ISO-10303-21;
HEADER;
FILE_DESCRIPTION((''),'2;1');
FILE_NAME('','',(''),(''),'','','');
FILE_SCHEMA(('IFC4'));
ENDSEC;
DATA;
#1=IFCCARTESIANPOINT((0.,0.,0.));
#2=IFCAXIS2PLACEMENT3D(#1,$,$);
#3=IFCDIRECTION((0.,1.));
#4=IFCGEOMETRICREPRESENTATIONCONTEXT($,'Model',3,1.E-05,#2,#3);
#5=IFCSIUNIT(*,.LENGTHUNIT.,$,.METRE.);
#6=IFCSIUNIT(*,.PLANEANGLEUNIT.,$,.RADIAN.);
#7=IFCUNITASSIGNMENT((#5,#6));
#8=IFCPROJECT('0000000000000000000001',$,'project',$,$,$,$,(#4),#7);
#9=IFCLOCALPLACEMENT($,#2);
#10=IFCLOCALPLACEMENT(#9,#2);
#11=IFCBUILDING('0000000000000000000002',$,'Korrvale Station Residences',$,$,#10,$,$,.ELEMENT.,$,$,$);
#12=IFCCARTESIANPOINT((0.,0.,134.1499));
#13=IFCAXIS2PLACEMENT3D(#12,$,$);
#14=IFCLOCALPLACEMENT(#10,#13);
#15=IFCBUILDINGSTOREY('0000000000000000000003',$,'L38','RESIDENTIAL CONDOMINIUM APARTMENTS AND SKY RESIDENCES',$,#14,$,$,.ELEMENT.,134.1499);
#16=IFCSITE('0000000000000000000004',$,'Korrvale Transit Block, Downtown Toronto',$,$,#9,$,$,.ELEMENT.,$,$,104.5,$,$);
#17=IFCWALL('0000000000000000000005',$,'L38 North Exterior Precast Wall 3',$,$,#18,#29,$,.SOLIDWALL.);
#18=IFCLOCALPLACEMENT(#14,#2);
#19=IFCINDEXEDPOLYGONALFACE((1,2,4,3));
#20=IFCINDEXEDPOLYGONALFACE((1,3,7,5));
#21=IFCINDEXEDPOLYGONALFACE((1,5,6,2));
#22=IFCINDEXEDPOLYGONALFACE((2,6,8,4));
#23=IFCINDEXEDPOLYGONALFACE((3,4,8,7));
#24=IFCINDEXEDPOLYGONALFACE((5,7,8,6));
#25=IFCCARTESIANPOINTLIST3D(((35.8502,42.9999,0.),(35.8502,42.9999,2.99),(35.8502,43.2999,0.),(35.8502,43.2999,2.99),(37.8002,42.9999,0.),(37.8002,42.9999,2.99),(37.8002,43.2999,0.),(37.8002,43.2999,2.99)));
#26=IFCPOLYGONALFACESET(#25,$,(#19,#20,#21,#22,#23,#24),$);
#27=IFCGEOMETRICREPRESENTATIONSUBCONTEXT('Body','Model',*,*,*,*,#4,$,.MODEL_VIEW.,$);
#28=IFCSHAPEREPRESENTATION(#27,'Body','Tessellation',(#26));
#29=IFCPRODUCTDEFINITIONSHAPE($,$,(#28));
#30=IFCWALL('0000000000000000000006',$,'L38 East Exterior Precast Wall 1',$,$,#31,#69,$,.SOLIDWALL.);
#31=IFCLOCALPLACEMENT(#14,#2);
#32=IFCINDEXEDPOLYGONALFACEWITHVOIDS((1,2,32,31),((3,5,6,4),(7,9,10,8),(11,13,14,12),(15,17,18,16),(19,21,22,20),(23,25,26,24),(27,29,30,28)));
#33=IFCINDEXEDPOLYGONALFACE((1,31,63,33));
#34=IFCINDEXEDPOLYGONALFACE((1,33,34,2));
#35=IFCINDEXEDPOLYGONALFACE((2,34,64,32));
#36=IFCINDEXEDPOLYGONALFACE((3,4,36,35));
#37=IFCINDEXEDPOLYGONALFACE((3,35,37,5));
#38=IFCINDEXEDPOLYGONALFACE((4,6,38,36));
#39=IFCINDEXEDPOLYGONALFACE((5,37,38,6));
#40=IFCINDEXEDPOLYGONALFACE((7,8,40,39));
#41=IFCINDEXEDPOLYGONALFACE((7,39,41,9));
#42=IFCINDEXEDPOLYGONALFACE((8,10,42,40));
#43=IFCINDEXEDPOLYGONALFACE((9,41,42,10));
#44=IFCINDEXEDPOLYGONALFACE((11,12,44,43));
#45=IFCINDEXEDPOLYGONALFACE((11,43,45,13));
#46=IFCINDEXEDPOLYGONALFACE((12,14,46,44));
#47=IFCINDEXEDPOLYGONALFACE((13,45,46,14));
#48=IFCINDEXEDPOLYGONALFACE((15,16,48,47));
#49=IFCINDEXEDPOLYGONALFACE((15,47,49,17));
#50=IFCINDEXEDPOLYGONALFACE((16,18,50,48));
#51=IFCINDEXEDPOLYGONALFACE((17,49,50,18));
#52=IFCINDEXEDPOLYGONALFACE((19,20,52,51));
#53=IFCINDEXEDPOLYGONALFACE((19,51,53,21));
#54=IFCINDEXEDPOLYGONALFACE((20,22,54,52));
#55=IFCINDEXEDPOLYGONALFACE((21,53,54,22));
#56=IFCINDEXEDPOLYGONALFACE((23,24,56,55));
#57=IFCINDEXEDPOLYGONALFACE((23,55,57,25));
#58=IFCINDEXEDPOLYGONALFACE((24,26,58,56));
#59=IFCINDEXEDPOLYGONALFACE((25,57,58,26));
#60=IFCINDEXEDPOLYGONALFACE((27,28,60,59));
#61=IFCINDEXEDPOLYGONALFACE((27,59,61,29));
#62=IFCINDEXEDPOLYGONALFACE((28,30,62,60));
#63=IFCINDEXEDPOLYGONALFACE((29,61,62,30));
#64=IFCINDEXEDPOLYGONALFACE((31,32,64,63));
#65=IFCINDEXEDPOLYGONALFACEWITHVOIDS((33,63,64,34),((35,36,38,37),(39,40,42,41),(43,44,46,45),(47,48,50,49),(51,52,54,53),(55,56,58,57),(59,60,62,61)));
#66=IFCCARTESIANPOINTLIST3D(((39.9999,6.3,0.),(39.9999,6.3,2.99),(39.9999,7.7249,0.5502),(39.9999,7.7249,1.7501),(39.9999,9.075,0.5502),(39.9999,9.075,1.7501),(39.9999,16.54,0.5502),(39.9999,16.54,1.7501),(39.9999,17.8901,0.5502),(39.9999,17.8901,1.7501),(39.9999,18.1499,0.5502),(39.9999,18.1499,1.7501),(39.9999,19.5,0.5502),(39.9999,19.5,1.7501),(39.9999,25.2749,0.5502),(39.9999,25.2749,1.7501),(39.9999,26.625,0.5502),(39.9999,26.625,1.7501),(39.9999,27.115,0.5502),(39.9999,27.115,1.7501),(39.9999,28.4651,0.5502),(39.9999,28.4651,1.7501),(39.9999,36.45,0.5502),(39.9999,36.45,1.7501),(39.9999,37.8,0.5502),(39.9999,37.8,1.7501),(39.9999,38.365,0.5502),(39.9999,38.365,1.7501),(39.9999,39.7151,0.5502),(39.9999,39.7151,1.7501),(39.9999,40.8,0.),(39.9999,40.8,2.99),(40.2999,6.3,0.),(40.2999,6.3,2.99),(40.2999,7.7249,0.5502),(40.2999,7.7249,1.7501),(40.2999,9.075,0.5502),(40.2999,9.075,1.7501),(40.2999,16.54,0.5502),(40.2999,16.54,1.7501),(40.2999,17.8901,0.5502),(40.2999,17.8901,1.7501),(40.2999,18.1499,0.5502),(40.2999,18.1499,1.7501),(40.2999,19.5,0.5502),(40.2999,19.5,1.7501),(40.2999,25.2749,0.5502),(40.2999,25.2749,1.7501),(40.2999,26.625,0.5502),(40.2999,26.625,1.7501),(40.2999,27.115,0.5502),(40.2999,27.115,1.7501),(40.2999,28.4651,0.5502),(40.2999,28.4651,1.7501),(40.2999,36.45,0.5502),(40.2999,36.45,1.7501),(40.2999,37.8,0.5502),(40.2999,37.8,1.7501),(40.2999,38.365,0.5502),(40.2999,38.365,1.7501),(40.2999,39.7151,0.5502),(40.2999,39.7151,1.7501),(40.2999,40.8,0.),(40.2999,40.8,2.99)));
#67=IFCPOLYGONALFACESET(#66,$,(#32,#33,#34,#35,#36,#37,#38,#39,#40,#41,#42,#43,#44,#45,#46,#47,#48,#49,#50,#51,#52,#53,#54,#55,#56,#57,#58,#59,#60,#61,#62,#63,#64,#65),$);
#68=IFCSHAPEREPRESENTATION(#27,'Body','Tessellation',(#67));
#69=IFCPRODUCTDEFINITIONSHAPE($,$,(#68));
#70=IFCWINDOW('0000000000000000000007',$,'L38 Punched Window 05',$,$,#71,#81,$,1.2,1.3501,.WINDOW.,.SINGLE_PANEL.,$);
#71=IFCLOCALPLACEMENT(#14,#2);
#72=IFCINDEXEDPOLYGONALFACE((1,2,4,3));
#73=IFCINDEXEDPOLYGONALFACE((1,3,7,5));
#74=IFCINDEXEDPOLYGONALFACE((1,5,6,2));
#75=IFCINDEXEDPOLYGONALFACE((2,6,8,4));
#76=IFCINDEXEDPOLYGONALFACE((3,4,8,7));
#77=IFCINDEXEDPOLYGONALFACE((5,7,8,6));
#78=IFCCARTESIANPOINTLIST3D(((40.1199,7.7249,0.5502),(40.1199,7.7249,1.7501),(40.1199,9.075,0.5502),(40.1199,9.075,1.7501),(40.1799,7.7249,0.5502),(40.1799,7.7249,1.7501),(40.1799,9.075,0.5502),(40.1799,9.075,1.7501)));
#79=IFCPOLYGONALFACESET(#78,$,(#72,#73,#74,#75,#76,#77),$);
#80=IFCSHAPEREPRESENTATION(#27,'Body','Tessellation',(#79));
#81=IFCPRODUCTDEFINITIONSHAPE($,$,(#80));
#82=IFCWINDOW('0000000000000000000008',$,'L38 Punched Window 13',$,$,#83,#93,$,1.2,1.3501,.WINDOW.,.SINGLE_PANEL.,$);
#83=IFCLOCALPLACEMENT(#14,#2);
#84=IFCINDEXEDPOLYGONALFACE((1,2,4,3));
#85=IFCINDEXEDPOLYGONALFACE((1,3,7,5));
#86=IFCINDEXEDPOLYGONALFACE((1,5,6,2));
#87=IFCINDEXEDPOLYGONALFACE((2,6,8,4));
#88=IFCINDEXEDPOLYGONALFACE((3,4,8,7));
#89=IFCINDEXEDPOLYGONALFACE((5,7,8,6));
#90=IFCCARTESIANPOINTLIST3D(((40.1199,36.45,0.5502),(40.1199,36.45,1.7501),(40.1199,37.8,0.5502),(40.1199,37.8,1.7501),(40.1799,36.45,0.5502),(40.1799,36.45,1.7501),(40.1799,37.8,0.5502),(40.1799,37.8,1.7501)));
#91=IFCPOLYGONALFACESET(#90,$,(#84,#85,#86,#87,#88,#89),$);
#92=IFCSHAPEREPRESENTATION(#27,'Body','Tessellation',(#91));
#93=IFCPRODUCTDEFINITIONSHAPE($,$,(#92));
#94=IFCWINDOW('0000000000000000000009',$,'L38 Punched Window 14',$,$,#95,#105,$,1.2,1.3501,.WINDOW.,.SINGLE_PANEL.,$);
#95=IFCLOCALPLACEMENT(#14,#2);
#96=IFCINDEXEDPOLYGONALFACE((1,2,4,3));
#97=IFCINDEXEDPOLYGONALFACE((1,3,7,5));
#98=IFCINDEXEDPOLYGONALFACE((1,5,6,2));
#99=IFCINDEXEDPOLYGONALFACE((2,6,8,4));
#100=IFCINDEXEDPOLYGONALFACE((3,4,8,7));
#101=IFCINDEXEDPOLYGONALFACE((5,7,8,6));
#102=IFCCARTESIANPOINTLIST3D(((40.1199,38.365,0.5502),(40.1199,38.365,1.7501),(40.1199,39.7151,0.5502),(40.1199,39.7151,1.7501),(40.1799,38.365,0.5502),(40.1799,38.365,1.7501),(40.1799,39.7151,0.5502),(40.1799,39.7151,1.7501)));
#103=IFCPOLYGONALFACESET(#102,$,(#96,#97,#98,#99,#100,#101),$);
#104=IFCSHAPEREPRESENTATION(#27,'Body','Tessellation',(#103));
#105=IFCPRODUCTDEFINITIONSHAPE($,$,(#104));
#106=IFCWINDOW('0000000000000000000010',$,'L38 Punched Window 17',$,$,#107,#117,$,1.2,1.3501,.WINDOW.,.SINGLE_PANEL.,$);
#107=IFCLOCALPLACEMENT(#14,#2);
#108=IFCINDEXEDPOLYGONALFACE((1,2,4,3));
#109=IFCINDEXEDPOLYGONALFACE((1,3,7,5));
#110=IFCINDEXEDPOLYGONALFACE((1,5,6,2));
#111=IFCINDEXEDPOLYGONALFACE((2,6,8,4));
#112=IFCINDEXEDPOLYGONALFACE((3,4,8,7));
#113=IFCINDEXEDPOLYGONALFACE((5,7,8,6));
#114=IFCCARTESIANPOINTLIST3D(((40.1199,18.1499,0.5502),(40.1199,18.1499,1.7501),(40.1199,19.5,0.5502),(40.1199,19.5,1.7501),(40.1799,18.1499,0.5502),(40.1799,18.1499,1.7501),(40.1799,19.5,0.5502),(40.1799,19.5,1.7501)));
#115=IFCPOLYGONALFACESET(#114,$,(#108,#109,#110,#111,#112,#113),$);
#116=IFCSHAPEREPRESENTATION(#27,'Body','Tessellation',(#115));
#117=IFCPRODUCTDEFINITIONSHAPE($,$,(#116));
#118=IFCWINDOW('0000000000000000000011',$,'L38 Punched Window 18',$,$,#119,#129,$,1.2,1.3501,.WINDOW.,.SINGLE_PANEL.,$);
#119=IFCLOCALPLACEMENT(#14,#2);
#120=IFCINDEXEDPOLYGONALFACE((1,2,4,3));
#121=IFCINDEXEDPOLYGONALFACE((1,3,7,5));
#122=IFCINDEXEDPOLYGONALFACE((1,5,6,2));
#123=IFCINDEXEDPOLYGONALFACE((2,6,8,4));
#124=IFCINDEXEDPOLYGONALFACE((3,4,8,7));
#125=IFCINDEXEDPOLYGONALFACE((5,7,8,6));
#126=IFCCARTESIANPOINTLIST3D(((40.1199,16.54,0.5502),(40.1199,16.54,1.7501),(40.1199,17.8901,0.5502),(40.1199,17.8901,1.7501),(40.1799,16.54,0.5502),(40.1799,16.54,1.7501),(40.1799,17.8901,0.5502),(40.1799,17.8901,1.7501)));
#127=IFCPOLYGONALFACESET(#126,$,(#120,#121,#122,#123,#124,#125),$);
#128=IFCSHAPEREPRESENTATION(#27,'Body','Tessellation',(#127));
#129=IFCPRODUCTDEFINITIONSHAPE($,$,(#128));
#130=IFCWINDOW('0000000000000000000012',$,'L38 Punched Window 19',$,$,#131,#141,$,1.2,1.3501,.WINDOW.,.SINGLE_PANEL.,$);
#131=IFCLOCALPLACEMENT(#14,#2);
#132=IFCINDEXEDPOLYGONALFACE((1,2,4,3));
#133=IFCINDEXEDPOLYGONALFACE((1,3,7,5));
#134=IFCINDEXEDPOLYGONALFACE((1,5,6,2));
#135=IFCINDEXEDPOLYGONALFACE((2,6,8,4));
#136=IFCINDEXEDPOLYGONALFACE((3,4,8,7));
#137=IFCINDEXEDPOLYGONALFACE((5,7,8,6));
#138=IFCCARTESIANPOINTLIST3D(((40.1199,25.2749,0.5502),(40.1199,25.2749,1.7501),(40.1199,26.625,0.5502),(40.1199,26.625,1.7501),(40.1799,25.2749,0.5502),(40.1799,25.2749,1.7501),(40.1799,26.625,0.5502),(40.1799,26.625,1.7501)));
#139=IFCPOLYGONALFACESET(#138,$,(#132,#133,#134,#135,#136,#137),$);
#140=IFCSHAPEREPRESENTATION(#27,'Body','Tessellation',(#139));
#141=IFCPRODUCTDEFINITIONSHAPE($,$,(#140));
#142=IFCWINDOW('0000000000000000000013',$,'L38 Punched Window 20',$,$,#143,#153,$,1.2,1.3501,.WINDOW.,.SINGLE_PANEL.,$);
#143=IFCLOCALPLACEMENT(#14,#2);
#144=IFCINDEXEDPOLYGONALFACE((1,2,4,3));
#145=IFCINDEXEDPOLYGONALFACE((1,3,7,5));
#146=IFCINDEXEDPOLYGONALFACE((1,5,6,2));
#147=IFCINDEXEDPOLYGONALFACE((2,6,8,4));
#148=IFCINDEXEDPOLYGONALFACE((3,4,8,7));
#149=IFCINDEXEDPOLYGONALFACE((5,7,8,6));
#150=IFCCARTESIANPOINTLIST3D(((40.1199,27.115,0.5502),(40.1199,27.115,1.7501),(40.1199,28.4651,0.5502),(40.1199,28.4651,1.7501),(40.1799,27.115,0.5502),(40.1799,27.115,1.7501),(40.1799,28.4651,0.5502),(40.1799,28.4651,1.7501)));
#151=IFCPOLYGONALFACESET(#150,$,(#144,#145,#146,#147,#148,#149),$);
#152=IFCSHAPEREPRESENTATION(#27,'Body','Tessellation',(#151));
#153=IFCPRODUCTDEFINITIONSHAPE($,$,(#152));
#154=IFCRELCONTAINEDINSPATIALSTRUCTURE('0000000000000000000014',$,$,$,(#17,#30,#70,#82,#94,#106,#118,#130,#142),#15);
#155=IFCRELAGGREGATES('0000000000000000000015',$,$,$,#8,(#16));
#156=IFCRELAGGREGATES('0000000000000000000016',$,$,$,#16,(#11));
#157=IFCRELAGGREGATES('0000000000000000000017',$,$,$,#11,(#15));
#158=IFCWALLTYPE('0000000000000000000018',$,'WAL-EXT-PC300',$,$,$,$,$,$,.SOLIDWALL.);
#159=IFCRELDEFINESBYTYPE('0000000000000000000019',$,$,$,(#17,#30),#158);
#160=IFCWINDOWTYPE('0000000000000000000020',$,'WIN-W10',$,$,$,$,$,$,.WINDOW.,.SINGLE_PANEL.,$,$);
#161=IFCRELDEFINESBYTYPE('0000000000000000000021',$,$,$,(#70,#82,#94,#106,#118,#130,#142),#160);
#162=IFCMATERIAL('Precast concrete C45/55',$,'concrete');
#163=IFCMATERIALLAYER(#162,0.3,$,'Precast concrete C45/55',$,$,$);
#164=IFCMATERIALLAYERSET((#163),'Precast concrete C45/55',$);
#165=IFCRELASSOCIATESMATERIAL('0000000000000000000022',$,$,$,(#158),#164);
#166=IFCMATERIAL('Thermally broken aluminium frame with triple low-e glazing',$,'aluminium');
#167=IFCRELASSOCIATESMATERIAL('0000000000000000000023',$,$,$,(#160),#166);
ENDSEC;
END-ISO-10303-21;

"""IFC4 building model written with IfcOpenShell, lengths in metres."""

from ifc_helpers import new_model, si_unit, direction, frame, frame_2d, origin, place, context, subcontext, project, spatial, rectangle, extrude, material, layer, layer_set, type_object, element, fill, save


model = new_model("IFC4")

# Units and contexts
model_context = context("Model", 3, precision=1e-05, world=origin(), true_north=direction((0.0, 1.0)))
body_context = subcontext(model_context, "Body", "Model", "MODEL_VIEW")
ifc_project = project(units=[si_unit("LENGTHUNIT", "METRE"), si_unit("PLANEANGLEUNIT", "RADIAN")], contexts=[model_context])

# Site, building, storey
site_placement = place(None, origin())
site = spatial("IfcSite", under=ifc_project, at=site_placement, Name="Korrvale Transit Block, Downtown Toronto", CompositionType="ELEMENT", RefElevation=104.5)
building_placement = place(site_placement, origin())
building = spatial("IfcBuilding", under=site, at=building_placement, Name="Korrvale Station Residences", CompositionType="ELEMENT")
storey_placement = place(building_placement, frame((0.0, 0.0, 134.1499)))
storey = spatial("IfcBuildingStorey", under=building, at=storey_placement, Name="L38", Description="RESIDENTIAL CONDOMINIUM APARTMENTS AND SKY RESIDENCES", CompositionType="ELEMENT", Elevation=134.1499)

# Wall
ifc_material_1 = material(Name="Precast concrete C45/55", Category="concrete")
ifc_layer_1 = layer(ifc_material_1, 0.3, Name="Precast concrete C45/55")
ifc_layer_set_1 = layer_set([ifc_layer_1], Name="Precast concrete C45/55")
wall_type_1 = type_object("IfcWallType", Name="WAL-EXT-PC300", PredefinedType="SOLIDWALL", material=ifc_layer_set_1)
wall_1_placement = place(storey_placement, frame((35.8501, 43.1499, 0.0), z_axis=(0.0, 0.0, 1.0), x_axis=(1.0, 0.0, 0.0)))
element("IfcWall", 1, at=wall_1_placement, inside=storey, type_object=wall_type_1, Name="L38 North Exterior Precast Wall 3", PredefinedType="SOLIDWALL", context=body_context, shape_type="SweptSolid", body=[
    extrude(rectangle(XDim=1.95, YDim=0.3, at=frame_2d((0.9751, 0.0))), origin(), (0.0, 0.0, 1.0), 2.99),
])

# Wall, openings, windows
wall_2_placement = place(storey_placement, frame((40.1499, 40.8, 0.0), z_axis=(0.0, 0.0, 1.0), x_axis=(0.0, -1.0, 0.0)))
wall_2 = element("IfcWall", 2, at=wall_2_placement, inside=storey, type_object=wall_type_1, Name="L38 East Exterior Precast Wall 1", PredefinedType="SOLIDWALL", context=body_context, shape_type="SweptSolid", body=[
    extrude(rectangle(XDim=34.5, YDim=0.3, at=frame_2d((17.25, 0.0))), origin(), (0.0, 0.0, 1.0), 2.99),
])
opening_1_placement = place(wall_2_placement, frame((31.7251, 0.0, 0.55)))
opening_1 = element("IfcOpeningElement", 3, at=opening_1_placement, cuts=wall_2, PredefinedType="OPENING", context=body_context, shape_type="SweptSolid", body=[
    extrude(rectangle(XDim=1.3501, YDim=1.2, at=frame_2d((0.675, 0.6001))), frame((0.0, 0.1602, 0.0), z_axis=(0.0, -1.0, 0.0), x_axis=(1.0, 0.0, 0.0)), (0.0, 0.0, 1.0), 0.3201),
])
opening_2_placement = place(wall_2_placement, frame((3.0, 0.0, 0.55)))
opening_2 = element("IfcOpeningElement", 4, at=opening_2_placement, cuts=wall_2, PredefinedType="OPENING", context=body_context, shape_type="SweptSolid", body=[
    extrude(rectangle(XDim=1.3501, YDim=1.2, at=frame_2d((0.675, 0.6001))), frame((0.0, 0.1602, 0.0), z_axis=(0.0, -1.0, 0.0), x_axis=(1.0, 0.0, 0.0)), (0.0, 0.0, 1.0), 0.3201),
])
opening_3_placement = place(wall_2_placement, frame((1.085, 0.0, 0.55)))
opening_3 = element("IfcOpeningElement", 5, at=opening_3_placement, cuts=wall_2, PredefinedType="OPENING", context=body_context, shape_type="SweptSolid", body=[
    extrude(rectangle(XDim=1.3501, YDim=1.2, at=frame_2d((0.675, 0.6001))), frame((0.0, 0.1602, 0.0), z_axis=(0.0, -1.0, 0.0), x_axis=(1.0, 0.0, 0.0)), (0.0, 0.0, 1.0), 0.3201),
])
opening_4_placement = place(wall_2_placement, frame((21.3, 0.0, 0.55)))
opening_4 = element("IfcOpeningElement", 6, at=opening_4_placement, cuts=wall_2, PredefinedType="OPENING", context=body_context, shape_type="SweptSolid", body=[
    extrude(rectangle(XDim=1.3501, YDim=1.2, at=frame_2d((0.675, 0.6001))), frame((0.0, 0.1602, 0.0), z_axis=(0.0, -1.0, 0.0), x_axis=(1.0, 0.0, 0.0)), (0.0, 0.0, 1.0), 0.3201),
])
opening_5_placement = place(wall_2_placement, frame((22.9099, 0.0, 0.55)))
opening_5 = element("IfcOpeningElement", 7, at=opening_5_placement, cuts=wall_2, PredefinedType="OPENING", context=body_context, shape_type="SweptSolid", body=[
    extrude(rectangle(XDim=1.3501, YDim=1.2, at=frame_2d((0.675, 0.6001))), frame((0.0, 0.1602, 0.0), z_axis=(0.0, -1.0, 0.0), x_axis=(1.0, 0.0, 0.0)), (0.0, 0.0, 1.0), 0.3201),
])
opening_6_placement = place(wall_2_placement, frame((14.175, 0.0, 0.55)))
opening_6 = element("IfcOpeningElement", 8, at=opening_6_placement, cuts=wall_2, PredefinedType="OPENING", context=body_context, shape_type="SweptSolid", body=[
    extrude(rectangle(XDim=1.3501, YDim=1.2, at=frame_2d((0.675, 0.6001))), frame((0.0, 0.1602, 0.0), z_axis=(0.0, -1.0, 0.0), x_axis=(1.0, 0.0, 0.0)), (0.0, 0.0, 1.0), 0.3201),
])
opening_7_placement = place(wall_2_placement, frame((12.335, 0.0, 0.55)))
opening_7 = element("IfcOpeningElement", 9, at=opening_7_placement, cuts=wall_2, PredefinedType="OPENING", context=body_context, shape_type="SweptSolid", body=[
    extrude(rectangle(XDim=1.3501, YDim=1.2, at=frame_2d((0.675, 0.6001))), frame((0.0, 0.1602, 0.0), z_axis=(0.0, -1.0, 0.0), x_axis=(1.0, 0.0, 0.0)), (0.0, 0.0, 1.0), 0.3201),
])
ifc_material_2 = material(Name="Thermally broken aluminium frame with triple low-e glazing", Category="aluminium")
window_type = type_object("IfcWindowType", Name="WIN-W10", PartitioningType="SINGLE_PANEL", PredefinedType="WINDOW", material=ifc_material_2)
window_1_placement = place(opening_1_placement, origin())
window_1 = element("IfcWindow", 10, at=window_1_placement, inside=storey, type_object=window_type, Name="L38 Punched Window 05", OverallHeight=1.2, OverallWidth=1.3501, PartitioningType="SINGLE_PANEL", PredefinedType="WINDOW", context=body_context, shape_type="SweptSolid", body=[
    extrude(rectangle(XDim=1.3501, YDim=1.2, at=frame_2d((0.675, 0.6001))), frame((0.0, 0.03, 0.0), z_axis=(0.0, -1.0, 0.0), x_axis=(1.0, 0.0, 0.0)), (0.0, 0.0, 1.0), 0.0601),
])
fill(opening_1, window_1)
window_2_placement = place(opening_2_placement, origin())
window_2 = element("IfcWindow", 11, at=window_2_placement, inside=storey, type_object=window_type, Name="L38 Punched Window 13", OverallHeight=1.2, OverallWidth=1.3501, PartitioningType="SINGLE_PANEL", PredefinedType="WINDOW", context=body_context, shape_type="SweptSolid", body=[
    extrude(rectangle(XDim=1.3501, YDim=1.2, at=frame_2d((0.675, 0.6001))), frame((0.0, 0.03, 0.0), z_axis=(0.0, -1.0, 0.0), x_axis=(1.0, 0.0, 0.0)), (0.0, 0.0, 1.0), 0.0601),
])
fill(opening_2, window_2)
window_3_placement = place(opening_3_placement, origin())
window_3 = element("IfcWindow", 12, at=window_3_placement, inside=storey, type_object=window_type, Name="L38 Punched Window 14", OverallHeight=1.2, OverallWidth=1.3501, PartitioningType="SINGLE_PANEL", PredefinedType="WINDOW", context=body_context, shape_type="SweptSolid", body=[
    extrude(rectangle(XDim=1.3501, YDim=1.2, at=frame_2d((0.675, 0.6001))), frame((0.0, 0.03, 0.0), z_axis=(0.0, -1.0, 0.0), x_axis=(1.0, 0.0, 0.0)), (0.0, 0.0, 1.0), 0.0601),
])
fill(opening_3, window_3)
window_4_placement = place(opening_4_placement, origin())
window_4 = element("IfcWindow", 13, at=window_4_placement, inside=storey, type_object=window_type, Name="L38 Punched Window 17", OverallHeight=1.2, OverallWidth=1.3501, PartitioningType="SINGLE_PANEL", PredefinedType="WINDOW", context=body_context, shape_type="SweptSolid", body=[
    extrude(rectangle(XDim=1.3501, YDim=1.2, at=frame_2d((0.675, 0.6001))), frame((0.0, 0.03, 0.0), z_axis=(0.0, -1.0, 0.0), x_axis=(1.0, 0.0, 0.0)), (0.0, 0.0, 1.0), 0.0601),
])
fill(opening_4, window_4)
window_5_placement = place(opening_5_placement, origin())
window_5 = element("IfcWindow", 14, at=window_5_placement, inside=storey, type_object=window_type, Name="L38 Punched Window 18", OverallHeight=1.2, OverallWidth=1.3501, PartitioningType="SINGLE_PANEL", PredefinedType="WINDOW", context=body_context, shape_type="SweptSolid", body=[
    extrude(rectangle(XDim=1.3501, YDim=1.2, at=frame_2d((0.675, 0.6001))), frame((0.0, 0.03, 0.0), z_axis=(0.0, -1.0, 0.0), x_axis=(1.0, 0.0, 0.0)), (0.0, 0.0, 1.0), 0.0601),
])
fill(opening_5, window_5)
window_6_placement = place(opening_6_placement, origin())
window_6 = element("IfcWindow", 15, at=window_6_placement, inside=storey, type_object=window_type, Name="L38 Punched Window 19", OverallHeight=1.2, OverallWidth=1.3501, PartitioningType="SINGLE_PANEL", PredefinedType="WINDOW", context=body_context, shape_type="SweptSolid", body=[
    extrude(rectangle(XDim=1.3501, YDim=1.2, at=frame_2d((0.675, 0.6001))), frame((0.0, 0.03, 0.0), z_axis=(0.0, -1.0, 0.0), x_axis=(1.0, 0.0, 0.0)), (0.0, 0.0, 1.0), 0.0601),
])
fill(opening_6, window_6)
window_7_placement = place(opening_7_placement, origin())
window_7 = element("IfcWindow", 16, at=window_7_placement, inside=storey, type_object=window_type, Name="L38 Punched Window 20", OverallHeight=1.2, OverallWidth=1.3501, PartitioningType="SINGLE_PANEL", PredefinedType="WINDOW", context=body_context, shape_type="SweptSolid", body=[
    extrude(rectangle(XDim=1.3501, YDim=1.2, at=frame_2d((0.675, 0.6001))), frame((0.0, 0.03, 0.0), z_axis=(0.0, -1.0, 0.0), x_axis=(1.0, 0.0, 0.0)), (0.0, 0.0, 1.0), 0.0601),
])
fill(opening_7, window_7)

save(model, "model.ifc")
